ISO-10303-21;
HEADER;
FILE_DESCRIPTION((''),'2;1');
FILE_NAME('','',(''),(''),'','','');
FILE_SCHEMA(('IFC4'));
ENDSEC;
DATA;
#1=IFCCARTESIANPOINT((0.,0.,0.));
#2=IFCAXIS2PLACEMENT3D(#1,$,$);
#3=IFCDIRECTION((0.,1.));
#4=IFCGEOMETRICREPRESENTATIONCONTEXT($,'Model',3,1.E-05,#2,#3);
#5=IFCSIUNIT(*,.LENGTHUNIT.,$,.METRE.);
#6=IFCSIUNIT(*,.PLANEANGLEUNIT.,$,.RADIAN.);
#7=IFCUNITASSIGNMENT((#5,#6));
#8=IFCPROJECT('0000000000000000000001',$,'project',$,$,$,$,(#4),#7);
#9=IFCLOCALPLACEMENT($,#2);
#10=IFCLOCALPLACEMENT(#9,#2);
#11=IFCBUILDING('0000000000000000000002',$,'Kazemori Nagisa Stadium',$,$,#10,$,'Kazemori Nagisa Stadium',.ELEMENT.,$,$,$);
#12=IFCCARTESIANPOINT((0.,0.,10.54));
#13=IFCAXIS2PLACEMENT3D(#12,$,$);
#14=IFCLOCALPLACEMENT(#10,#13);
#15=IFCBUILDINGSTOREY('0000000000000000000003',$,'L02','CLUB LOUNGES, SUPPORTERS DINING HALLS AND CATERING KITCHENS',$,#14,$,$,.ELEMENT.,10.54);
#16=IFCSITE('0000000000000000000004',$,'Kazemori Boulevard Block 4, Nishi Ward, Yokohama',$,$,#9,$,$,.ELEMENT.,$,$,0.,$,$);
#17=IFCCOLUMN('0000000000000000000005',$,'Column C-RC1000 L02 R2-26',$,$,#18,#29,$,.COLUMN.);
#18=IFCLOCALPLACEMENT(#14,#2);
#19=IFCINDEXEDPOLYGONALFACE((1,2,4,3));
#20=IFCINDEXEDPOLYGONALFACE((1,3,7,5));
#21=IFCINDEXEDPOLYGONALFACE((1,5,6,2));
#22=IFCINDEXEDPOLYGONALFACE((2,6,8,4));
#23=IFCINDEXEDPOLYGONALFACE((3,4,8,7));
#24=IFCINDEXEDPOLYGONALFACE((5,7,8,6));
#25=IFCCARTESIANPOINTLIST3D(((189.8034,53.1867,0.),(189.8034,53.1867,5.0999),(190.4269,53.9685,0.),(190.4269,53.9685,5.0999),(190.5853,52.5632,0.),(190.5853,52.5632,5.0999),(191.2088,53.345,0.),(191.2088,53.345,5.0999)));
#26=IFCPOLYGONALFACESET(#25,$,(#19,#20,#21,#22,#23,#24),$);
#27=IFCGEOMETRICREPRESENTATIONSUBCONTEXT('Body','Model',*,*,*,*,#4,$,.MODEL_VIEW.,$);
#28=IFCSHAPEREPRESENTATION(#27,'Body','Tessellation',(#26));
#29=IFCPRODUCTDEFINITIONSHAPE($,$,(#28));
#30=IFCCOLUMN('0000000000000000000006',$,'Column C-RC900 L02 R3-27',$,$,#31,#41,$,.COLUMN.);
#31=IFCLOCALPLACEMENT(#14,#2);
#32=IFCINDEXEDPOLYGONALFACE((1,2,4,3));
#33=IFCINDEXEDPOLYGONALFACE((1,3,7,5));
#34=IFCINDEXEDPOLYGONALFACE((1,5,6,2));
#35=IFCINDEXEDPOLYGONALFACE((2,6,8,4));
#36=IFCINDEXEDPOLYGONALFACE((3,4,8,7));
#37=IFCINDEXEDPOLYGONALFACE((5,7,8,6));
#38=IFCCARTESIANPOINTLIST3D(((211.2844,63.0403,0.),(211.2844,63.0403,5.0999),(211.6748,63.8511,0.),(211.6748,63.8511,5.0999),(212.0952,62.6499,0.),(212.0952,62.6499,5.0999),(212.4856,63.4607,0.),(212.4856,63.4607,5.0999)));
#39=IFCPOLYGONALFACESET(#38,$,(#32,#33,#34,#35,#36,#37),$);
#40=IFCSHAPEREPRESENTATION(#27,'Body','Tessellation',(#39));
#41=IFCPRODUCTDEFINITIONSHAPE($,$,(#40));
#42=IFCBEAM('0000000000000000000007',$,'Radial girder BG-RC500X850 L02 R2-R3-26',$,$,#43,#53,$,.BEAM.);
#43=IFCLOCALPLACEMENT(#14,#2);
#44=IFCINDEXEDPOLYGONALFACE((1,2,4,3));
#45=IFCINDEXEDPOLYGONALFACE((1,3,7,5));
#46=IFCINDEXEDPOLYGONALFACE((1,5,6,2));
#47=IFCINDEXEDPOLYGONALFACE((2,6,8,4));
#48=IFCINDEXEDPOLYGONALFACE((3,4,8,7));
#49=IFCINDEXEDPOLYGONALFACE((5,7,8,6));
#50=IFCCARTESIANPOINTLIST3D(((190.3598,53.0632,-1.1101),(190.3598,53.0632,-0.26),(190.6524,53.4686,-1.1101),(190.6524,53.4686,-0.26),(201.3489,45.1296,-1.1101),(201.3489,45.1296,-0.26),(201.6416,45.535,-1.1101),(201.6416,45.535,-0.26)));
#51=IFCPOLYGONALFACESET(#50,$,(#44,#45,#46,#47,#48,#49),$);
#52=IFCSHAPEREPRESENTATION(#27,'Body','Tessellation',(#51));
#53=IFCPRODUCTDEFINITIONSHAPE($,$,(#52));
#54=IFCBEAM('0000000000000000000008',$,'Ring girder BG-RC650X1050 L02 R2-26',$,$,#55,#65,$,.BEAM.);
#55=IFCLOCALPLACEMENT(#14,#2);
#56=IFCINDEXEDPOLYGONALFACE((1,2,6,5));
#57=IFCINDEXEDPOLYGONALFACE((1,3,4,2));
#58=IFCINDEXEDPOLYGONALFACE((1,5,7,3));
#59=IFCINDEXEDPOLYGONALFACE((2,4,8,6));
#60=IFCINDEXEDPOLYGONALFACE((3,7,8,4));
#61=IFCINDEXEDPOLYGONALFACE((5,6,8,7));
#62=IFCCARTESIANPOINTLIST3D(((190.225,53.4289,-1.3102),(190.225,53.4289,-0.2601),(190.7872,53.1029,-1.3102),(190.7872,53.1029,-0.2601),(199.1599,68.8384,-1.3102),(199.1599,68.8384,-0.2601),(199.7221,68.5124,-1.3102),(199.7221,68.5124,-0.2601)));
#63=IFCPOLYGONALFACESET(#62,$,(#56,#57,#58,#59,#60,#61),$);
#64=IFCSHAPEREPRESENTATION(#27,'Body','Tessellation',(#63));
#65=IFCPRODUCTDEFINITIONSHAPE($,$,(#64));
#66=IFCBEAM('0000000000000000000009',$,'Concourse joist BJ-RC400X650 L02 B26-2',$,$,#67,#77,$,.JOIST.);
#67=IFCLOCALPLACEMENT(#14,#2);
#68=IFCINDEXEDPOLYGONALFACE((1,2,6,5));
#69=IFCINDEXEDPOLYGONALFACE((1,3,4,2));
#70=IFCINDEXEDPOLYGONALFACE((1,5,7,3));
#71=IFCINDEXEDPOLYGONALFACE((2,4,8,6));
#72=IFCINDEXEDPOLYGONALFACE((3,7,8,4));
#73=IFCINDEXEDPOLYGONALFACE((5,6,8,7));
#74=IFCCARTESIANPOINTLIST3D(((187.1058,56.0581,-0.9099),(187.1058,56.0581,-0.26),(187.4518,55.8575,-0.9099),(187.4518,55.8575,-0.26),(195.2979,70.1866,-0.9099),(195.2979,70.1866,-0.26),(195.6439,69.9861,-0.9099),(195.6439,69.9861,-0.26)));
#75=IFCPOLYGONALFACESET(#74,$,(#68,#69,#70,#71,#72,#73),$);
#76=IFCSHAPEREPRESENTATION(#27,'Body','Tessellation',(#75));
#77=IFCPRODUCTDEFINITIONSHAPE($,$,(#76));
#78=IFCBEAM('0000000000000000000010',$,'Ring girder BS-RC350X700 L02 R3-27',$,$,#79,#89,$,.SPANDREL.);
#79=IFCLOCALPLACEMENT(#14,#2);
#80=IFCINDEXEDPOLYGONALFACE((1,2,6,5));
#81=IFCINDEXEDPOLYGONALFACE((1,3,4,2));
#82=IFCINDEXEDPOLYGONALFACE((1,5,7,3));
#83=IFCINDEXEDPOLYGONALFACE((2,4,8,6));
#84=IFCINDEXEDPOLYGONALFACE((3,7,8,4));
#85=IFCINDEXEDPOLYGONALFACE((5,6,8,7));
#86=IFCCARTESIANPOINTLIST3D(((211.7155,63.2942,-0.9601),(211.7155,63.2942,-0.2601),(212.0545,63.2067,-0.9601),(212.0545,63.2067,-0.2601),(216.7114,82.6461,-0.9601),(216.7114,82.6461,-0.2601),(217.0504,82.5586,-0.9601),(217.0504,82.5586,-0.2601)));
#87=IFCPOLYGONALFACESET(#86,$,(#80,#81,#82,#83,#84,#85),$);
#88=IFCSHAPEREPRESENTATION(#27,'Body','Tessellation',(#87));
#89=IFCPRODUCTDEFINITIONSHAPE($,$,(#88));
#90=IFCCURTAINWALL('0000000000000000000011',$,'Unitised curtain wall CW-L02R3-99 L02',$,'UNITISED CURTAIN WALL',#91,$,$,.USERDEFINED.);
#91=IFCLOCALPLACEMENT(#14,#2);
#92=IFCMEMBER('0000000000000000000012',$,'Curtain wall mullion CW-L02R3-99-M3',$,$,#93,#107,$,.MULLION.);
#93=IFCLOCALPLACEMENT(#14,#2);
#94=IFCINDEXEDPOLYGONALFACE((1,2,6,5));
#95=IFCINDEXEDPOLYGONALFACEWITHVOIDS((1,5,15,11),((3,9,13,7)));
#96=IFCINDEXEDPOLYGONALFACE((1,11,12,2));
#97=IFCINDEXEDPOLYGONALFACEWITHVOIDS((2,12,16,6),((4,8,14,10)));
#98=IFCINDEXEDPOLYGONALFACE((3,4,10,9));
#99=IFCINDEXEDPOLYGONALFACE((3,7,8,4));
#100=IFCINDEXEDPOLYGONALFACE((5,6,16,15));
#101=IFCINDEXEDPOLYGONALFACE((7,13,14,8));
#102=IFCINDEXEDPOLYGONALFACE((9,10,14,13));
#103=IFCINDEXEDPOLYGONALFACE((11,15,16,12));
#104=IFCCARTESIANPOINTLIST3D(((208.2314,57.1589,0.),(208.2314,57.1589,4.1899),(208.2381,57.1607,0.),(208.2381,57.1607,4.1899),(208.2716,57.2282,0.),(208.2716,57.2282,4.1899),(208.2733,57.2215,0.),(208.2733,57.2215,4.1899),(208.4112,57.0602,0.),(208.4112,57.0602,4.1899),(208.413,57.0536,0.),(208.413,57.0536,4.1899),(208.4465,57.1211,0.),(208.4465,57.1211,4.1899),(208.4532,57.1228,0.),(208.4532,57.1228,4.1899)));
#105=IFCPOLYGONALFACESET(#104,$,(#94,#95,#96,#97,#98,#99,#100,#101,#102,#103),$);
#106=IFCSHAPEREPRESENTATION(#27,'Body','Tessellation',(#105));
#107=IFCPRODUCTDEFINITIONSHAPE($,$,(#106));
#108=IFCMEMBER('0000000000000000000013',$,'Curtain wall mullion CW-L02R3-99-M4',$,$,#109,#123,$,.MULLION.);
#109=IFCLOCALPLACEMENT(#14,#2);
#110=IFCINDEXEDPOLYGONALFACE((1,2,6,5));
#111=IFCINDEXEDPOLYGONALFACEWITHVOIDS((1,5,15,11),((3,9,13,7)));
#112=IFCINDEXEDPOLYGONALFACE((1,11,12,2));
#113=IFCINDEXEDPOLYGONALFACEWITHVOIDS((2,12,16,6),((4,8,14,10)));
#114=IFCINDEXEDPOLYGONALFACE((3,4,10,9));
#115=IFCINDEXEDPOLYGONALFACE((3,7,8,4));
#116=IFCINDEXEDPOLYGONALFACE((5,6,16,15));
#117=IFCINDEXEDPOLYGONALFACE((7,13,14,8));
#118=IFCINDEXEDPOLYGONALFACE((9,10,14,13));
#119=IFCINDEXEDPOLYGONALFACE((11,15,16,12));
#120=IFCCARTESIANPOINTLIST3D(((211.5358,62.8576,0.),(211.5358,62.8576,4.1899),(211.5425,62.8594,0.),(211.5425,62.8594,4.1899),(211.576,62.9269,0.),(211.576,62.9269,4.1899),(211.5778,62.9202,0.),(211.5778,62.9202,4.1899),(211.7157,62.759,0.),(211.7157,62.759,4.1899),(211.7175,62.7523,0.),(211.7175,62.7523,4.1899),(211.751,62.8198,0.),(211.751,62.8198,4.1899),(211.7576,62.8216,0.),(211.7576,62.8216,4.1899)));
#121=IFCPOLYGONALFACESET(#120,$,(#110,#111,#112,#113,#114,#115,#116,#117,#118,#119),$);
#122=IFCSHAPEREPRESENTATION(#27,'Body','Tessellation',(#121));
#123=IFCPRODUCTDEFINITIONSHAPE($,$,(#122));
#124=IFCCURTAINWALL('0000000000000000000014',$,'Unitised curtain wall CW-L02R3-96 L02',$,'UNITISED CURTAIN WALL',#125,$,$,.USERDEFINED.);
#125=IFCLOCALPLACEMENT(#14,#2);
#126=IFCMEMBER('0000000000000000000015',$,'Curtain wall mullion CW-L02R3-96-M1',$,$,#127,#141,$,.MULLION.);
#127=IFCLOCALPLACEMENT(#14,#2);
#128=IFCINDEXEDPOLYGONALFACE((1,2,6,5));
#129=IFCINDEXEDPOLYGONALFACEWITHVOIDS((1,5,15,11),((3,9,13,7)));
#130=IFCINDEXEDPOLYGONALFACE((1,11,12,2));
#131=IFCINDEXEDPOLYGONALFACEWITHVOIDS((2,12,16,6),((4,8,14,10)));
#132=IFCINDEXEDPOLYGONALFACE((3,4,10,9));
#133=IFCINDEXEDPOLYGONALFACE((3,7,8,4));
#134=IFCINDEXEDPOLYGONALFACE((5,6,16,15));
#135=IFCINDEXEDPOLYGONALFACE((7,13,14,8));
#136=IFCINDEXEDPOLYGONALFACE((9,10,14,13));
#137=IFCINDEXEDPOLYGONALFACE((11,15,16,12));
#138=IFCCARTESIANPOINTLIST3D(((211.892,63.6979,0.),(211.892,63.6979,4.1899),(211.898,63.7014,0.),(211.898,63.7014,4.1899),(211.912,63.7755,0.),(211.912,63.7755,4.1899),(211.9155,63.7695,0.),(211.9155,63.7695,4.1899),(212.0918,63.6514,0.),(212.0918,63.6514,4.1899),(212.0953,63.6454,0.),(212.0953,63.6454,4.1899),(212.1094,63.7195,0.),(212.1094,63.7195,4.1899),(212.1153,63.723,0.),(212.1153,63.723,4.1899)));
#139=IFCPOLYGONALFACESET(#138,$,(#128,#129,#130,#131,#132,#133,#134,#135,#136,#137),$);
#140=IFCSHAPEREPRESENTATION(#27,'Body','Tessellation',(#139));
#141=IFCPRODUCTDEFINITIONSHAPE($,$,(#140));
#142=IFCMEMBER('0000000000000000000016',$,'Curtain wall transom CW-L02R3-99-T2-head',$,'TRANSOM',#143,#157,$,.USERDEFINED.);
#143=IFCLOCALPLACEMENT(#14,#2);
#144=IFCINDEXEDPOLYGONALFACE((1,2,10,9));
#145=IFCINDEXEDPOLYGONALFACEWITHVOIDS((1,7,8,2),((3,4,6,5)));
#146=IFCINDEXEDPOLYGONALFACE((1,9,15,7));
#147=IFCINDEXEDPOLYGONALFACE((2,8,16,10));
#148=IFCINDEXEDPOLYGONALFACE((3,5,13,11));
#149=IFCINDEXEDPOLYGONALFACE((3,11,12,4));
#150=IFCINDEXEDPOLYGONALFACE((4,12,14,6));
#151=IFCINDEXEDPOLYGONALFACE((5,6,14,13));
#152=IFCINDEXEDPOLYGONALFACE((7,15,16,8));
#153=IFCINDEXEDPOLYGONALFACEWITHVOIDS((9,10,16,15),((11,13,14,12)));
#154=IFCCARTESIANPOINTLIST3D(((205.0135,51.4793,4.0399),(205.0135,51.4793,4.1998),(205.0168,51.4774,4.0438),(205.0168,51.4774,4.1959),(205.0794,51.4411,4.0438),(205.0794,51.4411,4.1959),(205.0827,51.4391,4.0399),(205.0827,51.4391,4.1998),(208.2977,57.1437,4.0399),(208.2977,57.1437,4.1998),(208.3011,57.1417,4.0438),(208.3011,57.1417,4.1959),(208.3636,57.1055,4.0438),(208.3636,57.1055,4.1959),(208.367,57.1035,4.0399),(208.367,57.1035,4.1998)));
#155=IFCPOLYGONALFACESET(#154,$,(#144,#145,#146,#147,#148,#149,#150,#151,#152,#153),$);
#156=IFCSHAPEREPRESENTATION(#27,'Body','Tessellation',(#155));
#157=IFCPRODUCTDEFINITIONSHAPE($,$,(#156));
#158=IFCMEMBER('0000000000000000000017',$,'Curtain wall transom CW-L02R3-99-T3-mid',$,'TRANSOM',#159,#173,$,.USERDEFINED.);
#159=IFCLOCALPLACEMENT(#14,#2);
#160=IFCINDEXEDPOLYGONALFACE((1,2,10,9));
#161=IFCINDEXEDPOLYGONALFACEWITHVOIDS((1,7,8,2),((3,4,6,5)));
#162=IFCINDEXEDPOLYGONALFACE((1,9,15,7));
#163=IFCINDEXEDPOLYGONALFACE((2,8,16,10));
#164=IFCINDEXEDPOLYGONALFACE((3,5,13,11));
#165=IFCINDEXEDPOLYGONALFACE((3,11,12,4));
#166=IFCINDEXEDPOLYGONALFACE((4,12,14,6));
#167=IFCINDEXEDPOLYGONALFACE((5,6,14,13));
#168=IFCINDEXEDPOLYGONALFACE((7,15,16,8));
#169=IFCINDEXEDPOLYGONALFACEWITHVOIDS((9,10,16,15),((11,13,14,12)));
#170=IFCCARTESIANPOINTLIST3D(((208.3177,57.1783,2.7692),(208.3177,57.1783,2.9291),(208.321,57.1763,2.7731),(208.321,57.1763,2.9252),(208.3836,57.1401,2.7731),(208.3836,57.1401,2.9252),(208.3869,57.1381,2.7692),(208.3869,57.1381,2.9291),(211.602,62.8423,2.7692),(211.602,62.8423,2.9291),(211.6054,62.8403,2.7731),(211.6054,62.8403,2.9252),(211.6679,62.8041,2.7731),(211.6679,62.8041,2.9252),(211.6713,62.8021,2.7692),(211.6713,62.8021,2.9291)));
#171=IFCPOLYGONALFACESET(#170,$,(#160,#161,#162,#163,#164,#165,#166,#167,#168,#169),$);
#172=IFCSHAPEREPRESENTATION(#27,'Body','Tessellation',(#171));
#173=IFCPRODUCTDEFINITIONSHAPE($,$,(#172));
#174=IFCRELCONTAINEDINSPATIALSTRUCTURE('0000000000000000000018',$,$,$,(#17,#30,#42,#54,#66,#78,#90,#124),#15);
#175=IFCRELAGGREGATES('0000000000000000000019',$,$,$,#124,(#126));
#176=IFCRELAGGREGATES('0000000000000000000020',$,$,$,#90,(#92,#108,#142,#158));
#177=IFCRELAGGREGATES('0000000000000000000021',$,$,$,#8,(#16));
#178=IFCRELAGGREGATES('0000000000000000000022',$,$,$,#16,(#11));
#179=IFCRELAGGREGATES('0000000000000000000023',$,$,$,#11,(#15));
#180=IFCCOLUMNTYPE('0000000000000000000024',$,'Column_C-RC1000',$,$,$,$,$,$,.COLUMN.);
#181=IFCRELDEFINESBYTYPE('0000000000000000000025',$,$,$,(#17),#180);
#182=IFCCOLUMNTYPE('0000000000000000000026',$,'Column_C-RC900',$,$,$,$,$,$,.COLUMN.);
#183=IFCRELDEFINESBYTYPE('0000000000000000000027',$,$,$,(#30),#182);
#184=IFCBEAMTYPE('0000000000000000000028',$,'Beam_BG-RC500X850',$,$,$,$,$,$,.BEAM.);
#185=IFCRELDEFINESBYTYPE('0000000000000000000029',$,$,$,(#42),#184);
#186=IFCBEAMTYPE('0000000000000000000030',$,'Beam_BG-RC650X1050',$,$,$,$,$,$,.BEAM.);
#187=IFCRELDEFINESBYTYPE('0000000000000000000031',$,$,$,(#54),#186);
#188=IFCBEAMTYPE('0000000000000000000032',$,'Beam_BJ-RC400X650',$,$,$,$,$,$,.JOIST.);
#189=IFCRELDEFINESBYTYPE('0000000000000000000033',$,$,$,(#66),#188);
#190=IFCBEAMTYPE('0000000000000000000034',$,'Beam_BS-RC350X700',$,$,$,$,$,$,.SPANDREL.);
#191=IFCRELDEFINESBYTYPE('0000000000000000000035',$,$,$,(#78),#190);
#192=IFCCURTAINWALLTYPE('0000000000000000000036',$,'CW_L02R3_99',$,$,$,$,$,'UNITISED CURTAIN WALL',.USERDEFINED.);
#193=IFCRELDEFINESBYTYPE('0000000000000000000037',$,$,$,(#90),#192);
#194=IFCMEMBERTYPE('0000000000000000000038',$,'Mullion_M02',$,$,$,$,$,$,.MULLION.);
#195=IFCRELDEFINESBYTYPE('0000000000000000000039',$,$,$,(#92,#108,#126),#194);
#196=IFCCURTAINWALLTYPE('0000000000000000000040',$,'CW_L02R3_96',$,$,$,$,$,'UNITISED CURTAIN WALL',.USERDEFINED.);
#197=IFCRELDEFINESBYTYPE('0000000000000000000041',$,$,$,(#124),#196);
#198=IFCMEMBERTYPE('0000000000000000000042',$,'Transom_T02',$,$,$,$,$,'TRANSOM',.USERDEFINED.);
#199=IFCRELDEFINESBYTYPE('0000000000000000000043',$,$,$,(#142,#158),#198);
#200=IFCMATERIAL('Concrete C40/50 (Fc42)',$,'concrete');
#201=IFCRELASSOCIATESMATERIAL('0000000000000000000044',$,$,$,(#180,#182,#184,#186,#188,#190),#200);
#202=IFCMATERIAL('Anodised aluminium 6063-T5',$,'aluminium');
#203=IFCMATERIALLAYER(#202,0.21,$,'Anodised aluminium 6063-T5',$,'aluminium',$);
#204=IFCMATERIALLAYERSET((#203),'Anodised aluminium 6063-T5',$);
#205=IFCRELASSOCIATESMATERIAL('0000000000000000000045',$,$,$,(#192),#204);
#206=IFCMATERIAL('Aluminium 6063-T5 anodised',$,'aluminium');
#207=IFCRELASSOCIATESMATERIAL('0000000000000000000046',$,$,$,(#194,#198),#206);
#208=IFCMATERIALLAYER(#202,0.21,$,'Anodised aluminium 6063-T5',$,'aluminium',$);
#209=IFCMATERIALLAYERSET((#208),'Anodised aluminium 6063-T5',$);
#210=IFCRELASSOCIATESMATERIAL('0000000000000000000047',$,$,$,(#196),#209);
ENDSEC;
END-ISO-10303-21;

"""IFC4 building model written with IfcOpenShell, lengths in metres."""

from ifc_helpers import new_model, si_unit, direction, frame, origin, origin_2d, place, context, subcontext, project, spatial, rectangle, hollow_rectangle, extrude, material, layer, layer_set, material_profile, profile_set, type_object, element, aggregate, save


model = new_model("IFC4")

# Units and contexts
model_context = context("Model", 3, precision=1e-05, world=origin(), true_north=direction((0.0, 1.0)))
body_context = subcontext(model_context, "Body", "Model", "MODEL_VIEW")
ifc_project = project(units=[si_unit("LENGTHUNIT", "METRE"), si_unit("PLANEANGLEUNIT", "RADIAN")], contexts=[model_context])

# Site, building, storey
site_placement = place(None, origin())
site = spatial("IfcSite", under=ifc_project, at=site_placement, Name="Kazemori Boulevard Block 4, Nishi Ward, Yokohama", CompositionType="ELEMENT", RefElevation=0.0)
building_placement = place(site_placement, origin())
building = spatial("IfcBuilding", under=site, at=building_placement, Name="Kazemori Nagisa Stadium", LongName="Kazemori Nagisa Stadium", CompositionType="ELEMENT")
storey_placement = place(building_placement, frame((0.0, 0.0, 10.54)))
storey = spatial("IfcBuildingStorey", under=building, at=storey_placement, Name="L02", Description="CLUB LOUNGES, SUPPORTERS DINING HALLS AND CATERING KITCHENS", CompositionType="ELEMENT", Elevation=10.54)

# Columns
ifc_material_1 = material(Name="Concrete C40/50 (Fc42)", Category="concrete")
ifc_material_profile_1 = material_profile(ifc_material_1, rectangle(XDim=1.0, YDim=1.0, at=origin_2d()), Name="RC-COL-1000x1000")
ifc_profile_set_1 = profile_set([ifc_material_profile_1], Name="Concrete C40/50 (Fc42)")
column_type_1 = type_object("IfcColumnType", Name="Column_C-RC1000", PredefinedType="COLUMN", material=ifc_profile_set_1)
column_1_placement = place(storey_placement, frame((190.5061, 53.2659, 0.0), z_axis=(0.0, 0.0, 1.0), x_axis=(0.781831, -0.62349, 0.0)))
element("IfcColumn", 1, at=column_1_placement, inside=storey, type_object=column_type_1, Name="Column C-RC1000 L02 R2-26", PredefinedType="COLUMN", context=body_context, shape_type="SweptSolid", body=[
    extrude(rectangle(XDim=1.0, YDim=1.0, at=origin_2d()), origin(), (0.0, 0.0, 1.0), 5.0999),
])
ifc_material_profile_2 = material_profile(ifc_material_1, rectangle(XDim=0.8999, YDim=0.8999, at=origin_2d()), Name="RC-COL-900x900")
ifc_profile_set_2 = profile_set([ifc_material_profile_2], Name="Concrete C40/50 (Fc42)")
column_type_2 = type_object("IfcColumnType", Name="Column_C-RC900", PredefinedType="COLUMN", material=ifc_profile_set_2)
column_2_placement = place(storey_placement, frame((211.885, 63.2505, 0.0), z_axis=(0.0, 0.0, 1.0), x_axis=(0.900969, -0.433884, 0.0)))
element("IfcColumn", 2, at=column_2_placement, inside=storey, type_object=column_type_2, Name="Column C-RC900 L02 R3-27", PredefinedType="COLUMN", context=body_context, shape_type="SweptSolid", body=[
    extrude(rectangle(XDim=0.8999, YDim=0.8999, at=origin_2d()), origin(), (0.0, 0.0, 1.0), 5.0999),
])

# Beams
ifc_material_profile_3 = material_profile(ifc_material_1, rectangle(XDim=0.5, YDim=0.8501, at=origin_2d()), Name="RC-BM-500x850")
ifc_profile_set_3 = profile_set([ifc_material_profile_3], Name="Concrete C40/50 (Fc42)")
beam_type_1 = type_object("IfcBeamType", Name="Beam_BG-RC500X850", PredefinedType="BEAM", material=ifc_profile_set_3)
beam_1_placement = place(storey_placement, frame((190.5061, 53.2659, -0.6851), z_axis=(0.810788, -0.585341, 0.0), x_axis=(0.585341, 0.810788, 0.0)))
element("IfcBeam", 3, at=beam_1_placement, inside=storey, type_object=beam_type_1, Name="Radial girder BG-RC500X850 L02 R2-R3-26", PredefinedType="BEAM", context=body_context, shape_type="SweptSolid", body=[
    extrude(rectangle(XDim=0.5, YDim=0.8501, at=origin_2d()), origin(), (0.0, 0.0, 1.0), 13.5537),
])
ifc_material_profile_4 = material_profile(ifc_material_1, rectangle(XDim=0.6499, YDim=1.05, at=origin_2d()), Name="RC-BM-650x1050")
ifc_profile_set_4 = profile_set([ifc_material_profile_4], Name="Concrete C40/50 (Fc42)")
beam_type_2 = type_object("IfcBeamType", Name="Beam_BG-RC650X1050", PredefinedType="BEAM", material=ifc_profile_set_4)
beam_2_placement = place(storey_placement, frame((190.5061, 53.2659, -0.7852), z_axis=(0.501607, 0.865096, 0.0), x_axis=(-0.865096, 0.501607, 0.0)))
element("IfcBeam", 4, at=beam_2_placement, inside=storey, type_object=beam_type_2, Name="Ring girder BG-RC650X1050 L02 R2-26", PredefinedType="BEAM", context=body_context, shape_type="SweptSolid", body=[
    extrude(rectangle(XDim=0.6499, YDim=1.05, at=origin_2d()), origin(), (0.0, 0.0, 1.0), 17.8125),
])
ifc_material_profile_5 = material_profile(ifc_material_1, rectangle(XDim=0.3999, YDim=0.6499, at=origin_2d()), Name="RC-BM-400x650")
ifc_profile_set_5 = profile_set([ifc_material_profile_5], Name="Concrete C40/50 (Fc42)")
beam_type_3 = type_object("IfcBeamType", Name="Beam_BJ-RC400X650", PredefinedType="JOIST", material=ifc_profile_set_5)
beam_3_placement = place(storey_placement, frame((187.2788, 55.9578, -0.585), z_axis=(0.501604, 0.865097, 0.0), x_axis=(-0.865097, 0.501604, 0.0)))
element("IfcBeam", 5, at=beam_3_placement, inside=storey, type_object=beam_type_3, Name="Concourse joist BJ-RC400X650 L02 B26-2", PredefinedType="JOIST", context=body_context, shape_type="SweptSolid", body=[
    extrude(rectangle(XDim=0.3999, YDim=0.6499, at=origin_2d()), origin(), (0.0, 0.0, 1.0), 16.3318),
])
ifc_material_profile_6 = material_profile(ifc_material_1, rectangle(XDim=0.3501, YDim=0.7, at=origin_2d()), Name="RC-SP-350x700")
ifc_profile_set_6 = profile_set([ifc_material_profile_6], Name="Concrete C40/50 (Fc42)")
beam_type_4 = type_object("IfcBeamType", Name="Beam_BS-RC350X700", PredefinedType="SPANDREL", material=ifc_profile_set_6)
beam_4_placement = place(storey_placement, frame((211.885, 63.2505, -0.6101), z_axis=(0.249964, 0.968255, 0.0), x_axis=(-0.968255, 0.249964, 0.0)))
element("IfcBeam", 6, at=beam_4_placement, inside=storey, type_object=beam_type_4, Name="Ring girder BS-RC350X700 L02 R3-27", PredefinedType="SPANDREL", context=body_context, shape_type="SweptSolid", body=[
    extrude(rectangle(XDim=0.3501, YDim=0.7, at=origin_2d()), origin(), (0.0, 0.0, 1.0), 19.9863),
])

# Curtain wall, members
ifc_material_2 = material(Name="Anodised aluminium 6063-T5", Category="aluminium")
ifc_layer_1 = layer(ifc_material_2, 0.21, Name="Anodised aluminium 6063-T5", Category="aluminium")
ifc_layer_set_1 = layer_set([ifc_layer_1], Name="Anodised aluminium 6063-T5")
curtain_wall_type_1 = type_object("IfcCurtainWallType", Name="CW_L02R3_99", ElementType="UNITISED CURTAIN WALL", PredefinedType="USERDEFINED", material=ifc_layer_set_1)
curtain_wall_1_placement = place(storey_placement, origin())
curtain_wall_1 = element("IfcCurtainWall", 7, at=curtain_wall_1_placement, inside=storey, type_object=curtain_wall_type_1, Name="Unitised curtain wall CW-L02R3-99 L02", ObjectType="UNITISED CURTAIN WALL", PredefinedType="USERDEFINED")
ifc_material_3 = material(Name="Aluminium 6063-T5 anodised", Category="aluminium")
ifc_material_profile_7 = material_profile(ifc_material_3, hollow_rectangle(XDim=0.0801, YDim=0.21, WallThickness=0.0049, at=origin_2d()), Name="ALU-MULL-80x210x5")
ifc_profile_set_7 = profile_set([ifc_material_profile_7], Name="Aluminium 6063-T5 anodised")
member_type_1 = type_object("IfcMemberType", Name="Mullion_M02", PredefinedType="MULLION", material=ifc_profile_set_7)
member_1_placement = place(storey_placement, frame((208.3423, 57.1409, 0.0), z_axis=(0.0, 0.0, 1.0), x_axis=(0.501612, 0.865093, 0.0)))
member_1 = element("IfcMember", 8, at=member_1_placement, type_object=member_type_1, Name="Curtain wall mullion CW-L02R3-99-M3", PredefinedType="MULLION", context=body_context, shape_type="SweptSolid", body=[
    extrude(hollow_rectangle(XDim=0.0801, YDim=0.21, WallThickness=0.0049, at=origin_2d()), origin(), (0.0, 0.0, 1.0), 4.1899),
])
member_2_placement = place(storey_placement, frame((211.6467, 62.8396, 0.0), z_axis=(0.0, 0.0, 1.0), x_axis=(0.501612, 0.865093, 0.0)))
member_2 = element("IfcMember", 9, at=member_2_placement, type_object=member_type_1, Name="Curtain wall mullion CW-L02R3-99-M4", PredefinedType="MULLION", context=body_context, shape_type="SweptSolid", body=[
    extrude(hollow_rectangle(XDim=0.0801, YDim=0.21, WallThickness=0.0049, at=origin_2d()), origin(), (0.0, 0.0, 1.0), 4.1899),
])

# Curtain wall, member
ifc_layer_2 = layer(ifc_material_2, 0.21, Name="Anodised aluminium 6063-T5", Category="aluminium")
ifc_layer_set_2 = layer_set([ifc_layer_2], Name="Anodised aluminium 6063-T5")
curtain_wall_type_2 = type_object("IfcCurtainWallType", Name="CW_L02R3_96", ElementType="UNITISED CURTAIN WALL", PredefinedType="USERDEFINED", material=ifc_layer_set_2)
curtain_wall_2_placement = place(storey_placement, origin())
curtain_wall_2 = element("IfcCurtainWall", 10, at=curtain_wall_2_placement, inside=storey, type_object=curtain_wall_type_2, Name="Unitised curtain wall CW-L02R3-96 L02", ObjectType="UNITISED CURTAIN WALL", PredefinedType="USERDEFINED")
member_3_placement = place(storey_placement, frame((212.0037, 63.7104, 0.0), z_axis=(0.0, 0.0, 1.0), x_axis=(0.249965, 0.968255, 0.0)))
member_3 = element("IfcMember", 11, at=member_3_placement, type_object=member_type_1, Name="Curtain wall mullion CW-L02R3-96-M1", PredefinedType="MULLION", context=body_context, shape_type="SweptSolid", body=[
    extrude(hollow_rectangle(XDim=0.0801, YDim=0.21, WallThickness=0.0049, at=origin_2d()), origin(), (0.0, 0.0, 1.0), 4.1899),
])

# Members
ifc_material_profile_8 = material_profile(ifc_material_3, hollow_rectangle(XDim=0.0801, YDim=0.1599, WallThickness=0.0039, at=origin_2d()), Name="ALU-TRAN-80x160x4")
ifc_profile_set_8 = profile_set([ifc_material_profile_8], Name="Aluminium 6063-T5 anodised")
member_type_2 = type_object("IfcMemberType", Name="Transom_T02", ElementType="TRANSOM", PredefinedType="USERDEFINED", material=ifc_profile_set_8)
member_4_placement = place(storey_placement, frame((205.0481, 51.4592, 4.1199), z_axis=(0.50159, 0.865105, 0.0), x_axis=(-0.865105, 0.50159, 0.0)))
member_4 = element("IfcMember", 12, at=member_4_placement, type_object=member_type_2, Name="Curtain wall transom CW-L02R3-99-T2-head", ObjectType="TRANSOM", PredefinedType="USERDEFINED", context=body_context, shape_type="SweptSolid", body=[
    extrude(hollow_rectangle(XDim=0.0801, YDim=0.1599, WallThickness=0.0039, at=origin_2d()), origin(), (0.0, 0.0, 1.0), 6.5476),
])
member_5_placement = place(storey_placement, frame((208.3523, 57.1582, 2.8491), z_axis=(0.501634, 0.86508, 0.0), x_axis=(-0.86508, 0.501634, 0.0)))
member_5 = element("IfcMember", 13, at=member_5_placement, type_object=member_type_2, Name="Curtain wall transom CW-L02R3-99-T3-mid", ObjectType="TRANSOM", PredefinedType="USERDEFINED", context=body_context, shape_type="SweptSolid", body=[
    extrude(hollow_rectangle(XDim=0.0801, YDim=0.1599, WallThickness=0.0039, at=origin_2d()), origin(), (0.0, 0.0, 1.0), 6.5474),
])
aggregate(curtain_wall_2, [member_3])

aggregate(curtain_wall_1, [member_1, member_2, member_4, member_5])

save(model, "model.ifc")
